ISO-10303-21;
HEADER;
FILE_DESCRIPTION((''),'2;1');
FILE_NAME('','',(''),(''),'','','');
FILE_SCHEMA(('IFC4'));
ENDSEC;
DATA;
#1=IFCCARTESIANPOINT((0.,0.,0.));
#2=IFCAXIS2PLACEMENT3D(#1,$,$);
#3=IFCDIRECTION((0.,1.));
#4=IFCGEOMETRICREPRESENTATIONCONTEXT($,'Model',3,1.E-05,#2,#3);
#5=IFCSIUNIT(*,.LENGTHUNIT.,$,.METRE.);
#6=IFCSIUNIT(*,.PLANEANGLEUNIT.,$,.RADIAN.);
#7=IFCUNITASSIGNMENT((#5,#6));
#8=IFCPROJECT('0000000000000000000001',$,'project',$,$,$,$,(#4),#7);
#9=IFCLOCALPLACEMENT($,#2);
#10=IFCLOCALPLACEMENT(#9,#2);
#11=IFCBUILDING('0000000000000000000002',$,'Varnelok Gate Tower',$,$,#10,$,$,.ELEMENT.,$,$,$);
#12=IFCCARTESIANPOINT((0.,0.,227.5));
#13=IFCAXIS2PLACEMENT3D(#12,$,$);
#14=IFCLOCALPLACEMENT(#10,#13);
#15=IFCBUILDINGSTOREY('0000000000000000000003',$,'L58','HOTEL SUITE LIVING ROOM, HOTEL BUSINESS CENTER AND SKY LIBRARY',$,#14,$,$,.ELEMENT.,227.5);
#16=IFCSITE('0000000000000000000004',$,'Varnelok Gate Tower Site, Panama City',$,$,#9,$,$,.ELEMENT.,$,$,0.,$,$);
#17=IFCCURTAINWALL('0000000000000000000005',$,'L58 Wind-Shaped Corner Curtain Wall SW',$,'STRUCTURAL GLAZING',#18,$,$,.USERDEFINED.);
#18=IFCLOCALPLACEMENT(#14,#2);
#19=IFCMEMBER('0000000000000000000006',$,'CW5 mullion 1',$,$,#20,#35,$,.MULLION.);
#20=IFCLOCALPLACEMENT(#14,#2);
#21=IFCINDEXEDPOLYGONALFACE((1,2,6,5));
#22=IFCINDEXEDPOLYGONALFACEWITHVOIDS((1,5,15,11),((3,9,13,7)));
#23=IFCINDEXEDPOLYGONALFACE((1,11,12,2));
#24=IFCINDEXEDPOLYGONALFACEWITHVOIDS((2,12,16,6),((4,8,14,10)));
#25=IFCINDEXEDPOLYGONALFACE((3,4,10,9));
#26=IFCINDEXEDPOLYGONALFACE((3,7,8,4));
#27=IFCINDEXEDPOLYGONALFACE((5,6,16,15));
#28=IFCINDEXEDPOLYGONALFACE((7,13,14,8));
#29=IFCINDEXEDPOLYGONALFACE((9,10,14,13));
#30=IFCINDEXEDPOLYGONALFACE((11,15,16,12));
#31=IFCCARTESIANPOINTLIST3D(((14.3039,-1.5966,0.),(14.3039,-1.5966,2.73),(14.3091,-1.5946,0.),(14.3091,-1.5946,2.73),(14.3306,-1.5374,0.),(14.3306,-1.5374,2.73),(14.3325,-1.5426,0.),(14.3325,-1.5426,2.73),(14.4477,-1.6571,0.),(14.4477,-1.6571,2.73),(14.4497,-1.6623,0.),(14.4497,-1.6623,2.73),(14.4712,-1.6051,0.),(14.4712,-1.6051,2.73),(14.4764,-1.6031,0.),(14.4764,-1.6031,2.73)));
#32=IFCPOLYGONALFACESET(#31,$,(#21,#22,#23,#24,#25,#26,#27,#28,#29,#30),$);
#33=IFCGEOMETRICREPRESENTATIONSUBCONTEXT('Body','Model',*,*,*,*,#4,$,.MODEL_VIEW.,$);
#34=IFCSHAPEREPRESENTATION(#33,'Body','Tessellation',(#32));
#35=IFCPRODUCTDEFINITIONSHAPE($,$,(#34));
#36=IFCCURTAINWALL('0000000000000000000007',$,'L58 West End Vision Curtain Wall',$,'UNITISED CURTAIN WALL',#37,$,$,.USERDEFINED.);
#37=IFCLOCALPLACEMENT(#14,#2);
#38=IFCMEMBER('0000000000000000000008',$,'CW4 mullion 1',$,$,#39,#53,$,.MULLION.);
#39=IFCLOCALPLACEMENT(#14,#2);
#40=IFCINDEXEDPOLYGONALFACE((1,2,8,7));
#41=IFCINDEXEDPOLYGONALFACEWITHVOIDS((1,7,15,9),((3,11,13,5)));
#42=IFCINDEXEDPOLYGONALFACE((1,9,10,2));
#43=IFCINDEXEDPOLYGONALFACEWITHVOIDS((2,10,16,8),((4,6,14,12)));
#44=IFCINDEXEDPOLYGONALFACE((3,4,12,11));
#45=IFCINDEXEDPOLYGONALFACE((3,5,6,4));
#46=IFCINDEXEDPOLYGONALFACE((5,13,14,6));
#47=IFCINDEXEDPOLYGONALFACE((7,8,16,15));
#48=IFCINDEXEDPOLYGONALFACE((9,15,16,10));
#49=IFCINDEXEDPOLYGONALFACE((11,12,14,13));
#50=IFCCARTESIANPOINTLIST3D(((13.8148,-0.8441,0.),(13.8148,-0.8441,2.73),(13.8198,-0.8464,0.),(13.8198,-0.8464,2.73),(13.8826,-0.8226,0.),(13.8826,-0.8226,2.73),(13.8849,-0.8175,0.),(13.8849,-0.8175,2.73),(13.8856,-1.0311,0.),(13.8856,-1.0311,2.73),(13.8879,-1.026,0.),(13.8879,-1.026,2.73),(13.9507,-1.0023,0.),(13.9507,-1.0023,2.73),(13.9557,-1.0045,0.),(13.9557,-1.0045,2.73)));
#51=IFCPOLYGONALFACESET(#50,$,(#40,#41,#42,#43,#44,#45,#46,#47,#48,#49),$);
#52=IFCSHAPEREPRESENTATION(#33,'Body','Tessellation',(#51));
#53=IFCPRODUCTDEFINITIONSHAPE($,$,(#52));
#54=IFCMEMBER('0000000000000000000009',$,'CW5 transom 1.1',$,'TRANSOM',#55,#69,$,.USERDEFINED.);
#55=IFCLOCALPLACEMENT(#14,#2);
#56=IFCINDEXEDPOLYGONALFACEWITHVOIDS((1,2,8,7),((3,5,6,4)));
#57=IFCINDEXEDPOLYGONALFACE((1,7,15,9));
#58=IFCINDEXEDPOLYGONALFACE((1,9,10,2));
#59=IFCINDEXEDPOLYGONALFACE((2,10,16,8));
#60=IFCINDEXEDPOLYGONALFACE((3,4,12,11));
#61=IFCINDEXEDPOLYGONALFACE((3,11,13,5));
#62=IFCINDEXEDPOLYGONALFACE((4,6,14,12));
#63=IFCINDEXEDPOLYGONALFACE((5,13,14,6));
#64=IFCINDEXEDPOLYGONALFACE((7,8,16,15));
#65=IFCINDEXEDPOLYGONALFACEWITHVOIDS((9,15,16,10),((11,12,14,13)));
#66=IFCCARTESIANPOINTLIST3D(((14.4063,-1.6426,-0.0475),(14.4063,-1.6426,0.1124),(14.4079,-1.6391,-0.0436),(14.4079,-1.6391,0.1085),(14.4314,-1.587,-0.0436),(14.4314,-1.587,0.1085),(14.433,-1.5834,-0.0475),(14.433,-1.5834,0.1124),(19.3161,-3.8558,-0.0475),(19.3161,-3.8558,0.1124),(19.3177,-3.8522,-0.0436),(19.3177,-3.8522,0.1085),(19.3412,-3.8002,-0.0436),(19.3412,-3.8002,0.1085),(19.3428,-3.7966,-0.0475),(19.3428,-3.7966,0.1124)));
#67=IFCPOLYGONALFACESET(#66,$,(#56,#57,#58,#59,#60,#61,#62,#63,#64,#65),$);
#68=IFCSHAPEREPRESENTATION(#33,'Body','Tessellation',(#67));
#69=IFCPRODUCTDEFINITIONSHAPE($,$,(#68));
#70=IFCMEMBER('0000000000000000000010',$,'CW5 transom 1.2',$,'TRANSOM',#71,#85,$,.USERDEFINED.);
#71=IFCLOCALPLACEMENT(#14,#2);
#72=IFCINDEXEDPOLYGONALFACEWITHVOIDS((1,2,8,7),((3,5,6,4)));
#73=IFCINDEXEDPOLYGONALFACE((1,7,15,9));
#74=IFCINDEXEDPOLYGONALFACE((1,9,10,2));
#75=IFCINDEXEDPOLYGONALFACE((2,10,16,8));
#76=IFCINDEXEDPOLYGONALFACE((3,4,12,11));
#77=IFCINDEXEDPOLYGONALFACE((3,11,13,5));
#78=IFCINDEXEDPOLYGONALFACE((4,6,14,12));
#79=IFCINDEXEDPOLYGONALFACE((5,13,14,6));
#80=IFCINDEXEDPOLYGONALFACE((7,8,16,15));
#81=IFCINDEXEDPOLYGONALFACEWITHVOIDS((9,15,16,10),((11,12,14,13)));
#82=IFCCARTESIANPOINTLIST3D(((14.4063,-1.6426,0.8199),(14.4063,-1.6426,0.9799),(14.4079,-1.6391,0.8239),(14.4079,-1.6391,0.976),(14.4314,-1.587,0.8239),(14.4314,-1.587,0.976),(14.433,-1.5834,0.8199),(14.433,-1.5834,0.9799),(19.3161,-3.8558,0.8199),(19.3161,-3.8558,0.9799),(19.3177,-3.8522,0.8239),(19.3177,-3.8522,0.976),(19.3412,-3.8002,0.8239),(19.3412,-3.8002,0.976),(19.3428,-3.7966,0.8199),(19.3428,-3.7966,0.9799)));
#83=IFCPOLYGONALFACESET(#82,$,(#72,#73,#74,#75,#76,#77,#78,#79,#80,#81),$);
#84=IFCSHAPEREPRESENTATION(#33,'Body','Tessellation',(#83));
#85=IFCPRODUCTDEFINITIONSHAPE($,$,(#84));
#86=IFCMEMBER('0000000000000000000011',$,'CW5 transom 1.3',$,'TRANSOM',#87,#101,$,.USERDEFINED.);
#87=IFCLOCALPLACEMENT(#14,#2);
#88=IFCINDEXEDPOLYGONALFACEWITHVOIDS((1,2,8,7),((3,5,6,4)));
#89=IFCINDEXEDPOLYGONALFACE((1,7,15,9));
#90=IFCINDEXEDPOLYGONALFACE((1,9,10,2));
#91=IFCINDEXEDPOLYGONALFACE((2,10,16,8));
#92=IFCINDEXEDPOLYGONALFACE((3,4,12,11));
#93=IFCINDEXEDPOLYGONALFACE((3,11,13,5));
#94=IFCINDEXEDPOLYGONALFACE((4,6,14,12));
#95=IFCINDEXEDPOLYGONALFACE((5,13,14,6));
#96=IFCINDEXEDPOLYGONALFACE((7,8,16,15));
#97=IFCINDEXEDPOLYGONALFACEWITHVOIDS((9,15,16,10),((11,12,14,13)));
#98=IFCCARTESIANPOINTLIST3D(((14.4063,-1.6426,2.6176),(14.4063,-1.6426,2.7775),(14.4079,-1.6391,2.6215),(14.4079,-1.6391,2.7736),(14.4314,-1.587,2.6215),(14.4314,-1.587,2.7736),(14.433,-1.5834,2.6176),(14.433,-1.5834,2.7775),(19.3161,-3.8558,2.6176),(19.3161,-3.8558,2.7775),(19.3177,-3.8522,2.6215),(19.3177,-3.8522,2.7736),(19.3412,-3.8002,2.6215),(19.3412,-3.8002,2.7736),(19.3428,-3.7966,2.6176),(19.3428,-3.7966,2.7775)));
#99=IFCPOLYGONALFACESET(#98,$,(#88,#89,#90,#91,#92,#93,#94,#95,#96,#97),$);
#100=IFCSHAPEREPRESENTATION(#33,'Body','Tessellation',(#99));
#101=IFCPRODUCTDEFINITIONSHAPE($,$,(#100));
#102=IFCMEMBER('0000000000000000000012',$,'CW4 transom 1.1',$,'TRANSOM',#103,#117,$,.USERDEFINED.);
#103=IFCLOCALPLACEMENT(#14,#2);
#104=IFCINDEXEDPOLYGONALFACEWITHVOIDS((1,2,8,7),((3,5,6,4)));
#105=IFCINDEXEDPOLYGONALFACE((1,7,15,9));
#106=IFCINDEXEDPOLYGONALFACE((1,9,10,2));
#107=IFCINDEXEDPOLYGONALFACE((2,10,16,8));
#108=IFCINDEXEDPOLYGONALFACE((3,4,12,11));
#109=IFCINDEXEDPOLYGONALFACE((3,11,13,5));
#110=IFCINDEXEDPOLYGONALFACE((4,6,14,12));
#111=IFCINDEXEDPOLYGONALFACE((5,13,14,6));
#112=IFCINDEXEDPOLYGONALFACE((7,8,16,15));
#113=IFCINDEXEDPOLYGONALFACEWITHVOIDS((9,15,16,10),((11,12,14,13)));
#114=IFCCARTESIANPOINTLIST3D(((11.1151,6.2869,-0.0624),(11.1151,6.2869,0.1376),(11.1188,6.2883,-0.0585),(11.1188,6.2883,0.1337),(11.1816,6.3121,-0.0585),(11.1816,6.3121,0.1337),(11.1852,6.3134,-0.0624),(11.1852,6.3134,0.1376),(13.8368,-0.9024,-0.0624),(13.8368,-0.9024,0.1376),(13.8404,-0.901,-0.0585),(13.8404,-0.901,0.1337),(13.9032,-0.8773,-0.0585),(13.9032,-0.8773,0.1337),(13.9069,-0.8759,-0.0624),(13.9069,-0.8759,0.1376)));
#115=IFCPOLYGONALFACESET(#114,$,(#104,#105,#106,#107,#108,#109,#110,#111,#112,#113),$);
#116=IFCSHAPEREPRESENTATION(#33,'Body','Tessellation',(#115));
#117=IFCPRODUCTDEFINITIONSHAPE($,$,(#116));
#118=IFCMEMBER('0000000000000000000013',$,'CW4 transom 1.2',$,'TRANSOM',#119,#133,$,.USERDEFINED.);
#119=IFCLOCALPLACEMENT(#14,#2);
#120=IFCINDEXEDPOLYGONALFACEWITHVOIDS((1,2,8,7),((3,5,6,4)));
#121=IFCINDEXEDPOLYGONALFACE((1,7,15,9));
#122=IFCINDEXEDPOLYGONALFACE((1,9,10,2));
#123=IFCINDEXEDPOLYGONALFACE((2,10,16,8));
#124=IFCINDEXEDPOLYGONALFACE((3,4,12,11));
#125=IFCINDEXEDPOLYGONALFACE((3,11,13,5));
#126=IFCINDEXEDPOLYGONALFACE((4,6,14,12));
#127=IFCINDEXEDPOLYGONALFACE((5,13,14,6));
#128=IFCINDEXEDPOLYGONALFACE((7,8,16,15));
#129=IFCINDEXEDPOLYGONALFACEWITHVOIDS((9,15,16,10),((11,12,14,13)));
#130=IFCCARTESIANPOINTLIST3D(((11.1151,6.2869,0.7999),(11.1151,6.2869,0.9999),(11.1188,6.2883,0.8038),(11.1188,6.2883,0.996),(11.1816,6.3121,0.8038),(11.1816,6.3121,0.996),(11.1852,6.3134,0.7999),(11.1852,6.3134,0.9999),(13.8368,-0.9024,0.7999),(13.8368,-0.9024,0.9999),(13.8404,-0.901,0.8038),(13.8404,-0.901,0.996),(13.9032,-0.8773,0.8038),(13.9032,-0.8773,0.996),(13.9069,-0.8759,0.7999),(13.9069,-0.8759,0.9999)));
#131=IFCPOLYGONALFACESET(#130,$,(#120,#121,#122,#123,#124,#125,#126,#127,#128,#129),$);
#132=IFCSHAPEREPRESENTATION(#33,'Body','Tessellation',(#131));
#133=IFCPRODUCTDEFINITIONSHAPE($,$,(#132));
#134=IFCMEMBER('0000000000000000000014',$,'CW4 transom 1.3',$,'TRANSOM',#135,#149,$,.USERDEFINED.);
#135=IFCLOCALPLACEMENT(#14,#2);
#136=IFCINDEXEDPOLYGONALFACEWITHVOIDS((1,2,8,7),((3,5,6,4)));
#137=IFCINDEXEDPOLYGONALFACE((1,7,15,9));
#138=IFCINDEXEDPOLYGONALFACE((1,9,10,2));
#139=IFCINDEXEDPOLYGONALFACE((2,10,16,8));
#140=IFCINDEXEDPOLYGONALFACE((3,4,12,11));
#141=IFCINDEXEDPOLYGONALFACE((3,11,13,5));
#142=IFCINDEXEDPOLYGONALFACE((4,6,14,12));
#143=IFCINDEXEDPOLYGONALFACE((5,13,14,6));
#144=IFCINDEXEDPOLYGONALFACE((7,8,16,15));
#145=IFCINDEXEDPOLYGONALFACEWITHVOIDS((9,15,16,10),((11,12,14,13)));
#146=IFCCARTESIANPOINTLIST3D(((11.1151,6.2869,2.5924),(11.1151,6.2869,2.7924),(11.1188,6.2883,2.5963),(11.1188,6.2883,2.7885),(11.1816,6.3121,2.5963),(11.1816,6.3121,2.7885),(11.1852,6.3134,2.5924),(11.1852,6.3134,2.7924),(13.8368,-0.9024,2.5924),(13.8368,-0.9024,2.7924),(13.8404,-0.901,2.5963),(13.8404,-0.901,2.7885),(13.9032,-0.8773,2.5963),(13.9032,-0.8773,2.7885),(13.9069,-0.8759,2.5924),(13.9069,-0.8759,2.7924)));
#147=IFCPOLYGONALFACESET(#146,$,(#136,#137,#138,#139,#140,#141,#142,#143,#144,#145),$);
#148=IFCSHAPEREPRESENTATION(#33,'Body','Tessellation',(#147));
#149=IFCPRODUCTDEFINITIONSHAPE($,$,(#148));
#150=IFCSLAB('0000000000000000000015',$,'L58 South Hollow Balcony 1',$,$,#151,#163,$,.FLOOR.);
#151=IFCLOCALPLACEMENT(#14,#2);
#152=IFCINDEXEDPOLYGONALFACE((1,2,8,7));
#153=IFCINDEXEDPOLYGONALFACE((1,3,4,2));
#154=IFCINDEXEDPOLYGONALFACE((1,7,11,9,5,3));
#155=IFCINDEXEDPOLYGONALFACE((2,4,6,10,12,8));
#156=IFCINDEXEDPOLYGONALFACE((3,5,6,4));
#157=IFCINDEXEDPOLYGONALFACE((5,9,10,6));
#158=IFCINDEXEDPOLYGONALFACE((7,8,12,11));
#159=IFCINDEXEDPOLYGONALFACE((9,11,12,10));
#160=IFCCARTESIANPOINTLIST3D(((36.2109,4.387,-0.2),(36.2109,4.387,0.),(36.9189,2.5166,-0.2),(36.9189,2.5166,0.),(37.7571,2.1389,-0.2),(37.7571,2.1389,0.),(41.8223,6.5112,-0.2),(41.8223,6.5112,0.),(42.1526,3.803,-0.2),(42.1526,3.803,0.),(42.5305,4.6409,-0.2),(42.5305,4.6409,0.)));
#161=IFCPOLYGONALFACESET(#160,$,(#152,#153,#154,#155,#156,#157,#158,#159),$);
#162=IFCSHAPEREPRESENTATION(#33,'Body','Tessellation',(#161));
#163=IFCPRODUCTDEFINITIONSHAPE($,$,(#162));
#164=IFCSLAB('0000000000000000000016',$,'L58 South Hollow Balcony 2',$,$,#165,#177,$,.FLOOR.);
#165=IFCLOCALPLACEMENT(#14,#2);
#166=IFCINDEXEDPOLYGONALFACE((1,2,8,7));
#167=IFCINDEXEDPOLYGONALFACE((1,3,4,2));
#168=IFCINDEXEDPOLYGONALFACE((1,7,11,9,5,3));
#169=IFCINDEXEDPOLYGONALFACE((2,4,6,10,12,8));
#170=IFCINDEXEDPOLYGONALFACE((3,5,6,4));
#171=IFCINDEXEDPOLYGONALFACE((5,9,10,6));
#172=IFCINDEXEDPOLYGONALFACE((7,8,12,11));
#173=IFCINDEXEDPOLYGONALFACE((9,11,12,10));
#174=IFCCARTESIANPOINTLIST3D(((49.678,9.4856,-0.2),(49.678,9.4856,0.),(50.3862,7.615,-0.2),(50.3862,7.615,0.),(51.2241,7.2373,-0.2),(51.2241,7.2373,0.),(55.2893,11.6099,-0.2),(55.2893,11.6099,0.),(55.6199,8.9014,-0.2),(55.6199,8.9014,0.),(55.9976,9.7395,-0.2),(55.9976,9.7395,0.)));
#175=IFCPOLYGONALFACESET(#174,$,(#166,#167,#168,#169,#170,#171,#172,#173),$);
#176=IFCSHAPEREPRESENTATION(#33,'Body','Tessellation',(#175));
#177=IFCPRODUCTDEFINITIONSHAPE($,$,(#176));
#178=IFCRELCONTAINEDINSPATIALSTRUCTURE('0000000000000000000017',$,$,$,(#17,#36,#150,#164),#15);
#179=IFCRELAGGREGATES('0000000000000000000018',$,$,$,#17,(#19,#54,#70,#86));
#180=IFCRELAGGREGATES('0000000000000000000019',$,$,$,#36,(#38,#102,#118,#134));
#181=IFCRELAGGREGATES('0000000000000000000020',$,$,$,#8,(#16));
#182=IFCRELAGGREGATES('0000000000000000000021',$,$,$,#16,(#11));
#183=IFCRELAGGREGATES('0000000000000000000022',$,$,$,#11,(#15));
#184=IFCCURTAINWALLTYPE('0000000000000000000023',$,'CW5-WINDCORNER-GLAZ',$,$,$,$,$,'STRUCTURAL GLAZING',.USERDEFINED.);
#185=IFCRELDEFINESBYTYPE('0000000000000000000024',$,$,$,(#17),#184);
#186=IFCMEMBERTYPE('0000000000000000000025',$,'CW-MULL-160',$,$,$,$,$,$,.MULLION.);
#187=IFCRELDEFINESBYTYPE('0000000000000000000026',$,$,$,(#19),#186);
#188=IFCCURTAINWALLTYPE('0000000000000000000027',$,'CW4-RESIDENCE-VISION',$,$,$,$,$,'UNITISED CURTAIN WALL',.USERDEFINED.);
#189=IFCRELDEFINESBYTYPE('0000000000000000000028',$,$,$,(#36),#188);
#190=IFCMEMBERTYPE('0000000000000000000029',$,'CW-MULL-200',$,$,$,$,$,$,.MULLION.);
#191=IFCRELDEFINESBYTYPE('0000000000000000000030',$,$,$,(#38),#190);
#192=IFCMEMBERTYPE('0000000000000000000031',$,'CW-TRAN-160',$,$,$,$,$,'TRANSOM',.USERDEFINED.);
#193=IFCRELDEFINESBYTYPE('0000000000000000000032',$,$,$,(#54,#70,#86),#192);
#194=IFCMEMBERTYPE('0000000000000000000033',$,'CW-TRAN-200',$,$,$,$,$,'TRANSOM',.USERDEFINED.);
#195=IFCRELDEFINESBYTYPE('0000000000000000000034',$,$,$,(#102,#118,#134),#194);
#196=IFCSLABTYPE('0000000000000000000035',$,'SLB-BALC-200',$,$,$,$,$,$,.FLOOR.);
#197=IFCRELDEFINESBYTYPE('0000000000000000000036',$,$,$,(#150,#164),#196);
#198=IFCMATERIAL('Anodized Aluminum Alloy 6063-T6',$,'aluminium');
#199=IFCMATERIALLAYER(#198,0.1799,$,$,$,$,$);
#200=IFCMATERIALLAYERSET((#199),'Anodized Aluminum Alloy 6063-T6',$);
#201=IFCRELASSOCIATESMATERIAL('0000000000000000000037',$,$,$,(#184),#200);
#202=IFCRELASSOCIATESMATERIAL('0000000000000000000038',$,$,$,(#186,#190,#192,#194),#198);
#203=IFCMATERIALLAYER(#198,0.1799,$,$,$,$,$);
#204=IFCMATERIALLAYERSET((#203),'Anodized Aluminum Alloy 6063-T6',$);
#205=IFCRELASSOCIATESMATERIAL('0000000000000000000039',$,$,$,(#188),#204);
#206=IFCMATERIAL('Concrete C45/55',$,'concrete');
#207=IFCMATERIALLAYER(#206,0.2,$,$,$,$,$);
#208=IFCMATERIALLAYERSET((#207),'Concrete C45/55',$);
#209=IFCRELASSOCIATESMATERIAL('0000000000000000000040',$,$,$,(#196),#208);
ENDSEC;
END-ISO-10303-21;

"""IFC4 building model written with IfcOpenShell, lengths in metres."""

from ifc_helpers import new_model, si_unit, direction, frame, origin, origin_2d, place, context, subcontext, project, spatial, polyline, hollow_rectangle, outline, extrude, material, layer, layer_set, material_profile, profile_set, type_object, element, aggregate, save


model = new_model("IFC4")

# Units and contexts
model_context = context("Model", 3, precision=1e-05, world=origin(), true_north=direction((0.0, 1.0)))
body_context = subcontext(model_context, "Body", "Model", "MODEL_VIEW")
ifc_project = project(units=[si_unit("LENGTHUNIT", "METRE"), si_unit("PLANEANGLEUNIT", "RADIAN")], contexts=[model_context])

# Site, building, storey
site_placement = place(None, origin())
site = spatial("IfcSite", under=ifc_project, at=site_placement, Name="Varnelok Gate Tower Site, Panama City", CompositionType="ELEMENT", RefElevation=0.0)
building_placement = place(site_placement, origin())
building = spatial("IfcBuilding", under=site, at=building_placement, Name="Varnelok Gate Tower", CompositionType="ELEMENT")
storey_placement = place(building_placement, frame((0.0, 0.0, 227.5)))
storey = spatial("IfcBuildingStorey", under=building, at=storey_placement, Name="L58", Description="HOTEL SUITE LIVING ROOM, HOTEL BUSINESS CENTER AND SKY LIBRARY", CompositionType="ELEMENT", Elevation=227.5)

# Curtain walls, members
ifc_material_1 = material(Name="Anodized Aluminum Alloy 6063-T6", Category="aluminium")
ifc_layer_1 = layer(ifc_material_1, 0.1799)
ifc_layer_set_1 = layer_set([ifc_layer_1], Name="Anodized Aluminum Alloy 6063-T6")
curtain_wall_type_1 = type_object("IfcCurtainWallType", Name="CW5-WINDCORNER-GLAZ", ElementType="STRUCTURAL GLAZING", PredefinedType="USERDEFINED", material=ifc_layer_set_1)
curtain_wall_1_placement = place(storey_placement, origin())
curtain_wall_1 = element("IfcCurtainWall", 1, at=curtain_wall_1_placement, inside=storey, type_object=curtain_wall_type_1, Name="L58 Wind-Shaped Corner Curtain Wall SW", ObjectType="STRUCTURAL GLAZING", PredefinedType="USERDEFINED")
ifc_material_profile_1 = material_profile(ifc_material_1, hollow_rectangle(XDim=0.0649, YDim=0.1599, WallThickness=0.0039, at=origin_2d()), Name="ALU160X65X4")
ifc_profile_set_1 = profile_set([ifc_material_profile_1], Name="Anodized Aluminum Alloy 6063-T6")
member_type_1 = type_object("IfcMemberType", Name="CW-MULL-160", PredefinedType="MULLION", material=ifc_profile_set_1)
member_1_placement = place(storey_placement, frame((14.3901, -1.5999, 0.0), z_axis=(0.0, 0.0, 1.0), x_axis=(0.410939, 0.911663, 0.0)))
member_1 = element("IfcMember", 2, at=member_1_placement, type_object=member_type_1, Name="CW5 mullion 1", PredefinedType="MULLION", context=body_context, shape_type="SweptSolid", body=[
    extrude(hollow_rectangle(XDim=0.0649, YDim=0.1599, WallThickness=0.0039, at=origin_2d()), origin(), (0.0, 0.0, 1.0), 2.73),
])
ifc_layer_2 = layer(ifc_material_1, 0.1799)
ifc_layer_set_2 = layer_set([ifc_layer_2], Name="Anodized Aluminum Alloy 6063-T6")
curtain_wall_type_2 = type_object("IfcCurtainWallType", Name="CW4-RESIDENCE-VISION", ElementType="UNITISED CURTAIN WALL", PredefinedType="USERDEFINED", material=ifc_layer_set_2)
curtain_wall_2_placement = place(storey_placement, origin())
curtain_wall_2 = element("IfcCurtainWall", 3, at=curtain_wall_2_placement, inside=storey, type_object=curtain_wall_type_2, Name="L58 West End Vision Curtain Wall", ObjectType="UNITISED CURTAIN WALL", PredefinedType="USERDEFINED")
ifc_material_profile_2 = material_profile(ifc_material_1, hollow_rectangle(XDim=0.075, YDim=0.2, WallThickness=0.0039, at=origin_2d()), Name="ALU200X75X4")
ifc_profile_set_2 = profile_set([ifc_material_profile_2], Name="Anodized Aluminum Alloy 6063-T6")
member_type_2 = type_object("IfcMemberType", Name="CW-MULL-200", PredefinedType="MULLION", material=ifc_profile_set_2)
member_2_placement = place(storey_placement, frame((13.8853, -0.9243, 0.0), z_axis=(0.0, 0.0, 1.0), x_axis=(-0.935222, -0.354063, 0.0)))
member_2 = element("IfcMember", 4, at=member_2_placement, type_object=member_type_2, Name="CW4 mullion 1", PredefinedType="MULLION", context=body_context, shape_type="SweptSolid", body=[
    extrude(hollow_rectangle(XDim=0.075, YDim=0.2, WallThickness=0.0039, at=origin_2d()), origin(), (0.0, 0.0, 1.0), 2.73),
])

# Members
ifc_material_profile_3 = material_profile(ifc_material_1, hollow_rectangle(XDim=0.0649, YDim=0.1599, WallThickness=0.0039, at=origin_2d()), Name="ALU160X65X4")
ifc_profile_set_3 = profile_set([ifc_material_profile_3], Name="Anodized Aluminum Alloy 6063-T6")
member_type_3 = type_object("IfcMemberType", Name="CW-TRAN-160", ElementType="TRANSOM", PredefinedType="USERDEFINED", material=ifc_profile_set_3)
member_3_placement = place(storey_placement, frame((14.4197, -1.613, 0.0325), z_axis=(0.911658, -0.410949, 0.0), x_axis=(0.410949, 0.911658, 0.0)))
member_3 = element("IfcMember", 5, at=member_3_placement, type_object=member_type_3, Name="CW5 transom 1.1", ObjectType="TRANSOM", PredefinedType="USERDEFINED", context=body_context, shape_type="SweptSolid", body=[
    extrude(hollow_rectangle(XDim=0.0649, YDim=0.1599, WallThickness=0.0039, at=origin_2d()), origin(), (0.0, 0.0, 1.0), 5.3855),
])
member_4_placement = place(storey_placement, frame((14.4197, -1.613, 0.8999), z_axis=(0.911658, -0.410949, 0.0), x_axis=(0.410949, 0.911658, 0.0)))
member_4 = element("IfcMember", 6, at=member_4_placement, type_object=member_type_3, Name="CW5 transom 1.2", ObjectType="TRANSOM", PredefinedType="USERDEFINED", context=body_context, shape_type="SweptSolid", body=[
    extrude(hollow_rectangle(XDim=0.0649, YDim=0.1599, WallThickness=0.0039, at=origin_2d()), origin(), (0.0, 0.0, 1.0), 5.3855),
])
member_5_placement = place(storey_placement, frame((14.4197, -1.613, 2.6975), z_axis=(0.911658, -0.410949, 0.0), x_axis=(0.410949, 0.911658, 0.0)))
member_5 = element("IfcMember", 7, at=member_5_placement, type_object=member_type_3, Name="CW5 transom 1.3", ObjectType="TRANSOM", PredefinedType="USERDEFINED", context=body_context, shape_type="SweptSolid", body=[
    extrude(hollow_rectangle(XDim=0.0649, YDim=0.1599, WallThickness=0.0039, at=origin_2d()), origin(), (0.0, 0.0, 1.0), 5.3855),
])
aggregate(curtain_wall_1, [member_1, member_3, member_4, member_5])
ifc_material_profile_4 = material_profile(ifc_material_1, hollow_rectangle(XDim=0.075, YDim=0.2, WallThickness=0.0039, at=origin_2d()), Name="ALU200X75X4")
ifc_profile_set_4 = profile_set([ifc_material_profile_4], Name="Anodized Aluminum Alloy 6063-T6")
member_type_4 = type_object("IfcMemberType", Name="CW-TRAN-200", ElementType="TRANSOM", PredefinedType="USERDEFINED", material=ifc_profile_set_4)
member_6_placement = place(storey_placement, frame((13.8718, -0.8892, 0.0376), z_axis=(-0.354045, 0.935228, 0.0), x_axis=(-0.935228, -0.354045, 0.0)))
member_6 = element("IfcMember", 8, at=member_6_placement, type_object=member_type_4, Name="CW4 transom 1.1", ObjectType="TRANSOM", PredefinedType="USERDEFINED", context=body_context, shape_type="SweptSolid", body=[
    extrude(hollow_rectangle(XDim=0.075, YDim=0.2, WallThickness=0.0039, at=origin_2d()), origin(), (0.0, 0.0, 1.0), 7.6873),
])
member_7_placement = place(storey_placement, frame((13.8718, -0.8892, 0.8999), z_axis=(-0.354045, 0.935228, 0.0), x_axis=(-0.935228, -0.354045, 0.0)))
member_7 = element("IfcMember", 9, at=member_7_placement, type_object=member_type_4, Name="CW4 transom 1.2", ObjectType="TRANSOM", PredefinedType="USERDEFINED", context=body_context, shape_type="SweptSolid", body=[
    extrude(hollow_rectangle(XDim=0.075, YDim=0.2, WallThickness=0.0039, at=origin_2d()), origin(), (0.0, 0.0, 1.0), 7.6873),
])
member_8_placement = place(storey_placement, frame((13.8718, -0.8892, 2.6924), z_axis=(-0.354045, 0.935228, 0.0), x_axis=(-0.935228, -0.354045, 0.0)))
member_8 = element("IfcMember", 10, at=member_8_placement, type_object=member_type_4, Name="CW4 transom 1.3", ObjectType="TRANSOM", PredefinedType="USERDEFINED", context=body_context, shape_type="SweptSolid", body=[
    extrude(hollow_rectangle(XDim=0.075, YDim=0.2, WallThickness=0.0039, at=origin_2d()), origin(), (0.0, 0.0, 1.0), 7.6873),
])

# Slabs
ifc_material_2 = material(Name="Concrete C45/55", Category="concrete")
ifc_layer_3 = layer(ifc_material_2, 0.2)
ifc_layer_set_3 = layer_set([ifc_layer_3], Name="Concrete C45/55")
slab_type_1 = type_object("IfcSlabType", Name="SLB-BALC-200", PredefinedType="FLOOR", material=ifc_layer_set_3)
slab_1_placement = place(storey_placement, frame((0.0, 0.0, -0.2)))
element("IfcSlab", 11, at=slab_1_placement, inside=storey, type_object=slab_type_1, Name="L58 South Hollow Balcony 1", PredefinedType="FLOOR", context=body_context, shape_type="SweptSolid", body=[
    extrude(outline(polyline([(36.9189, 2.5166), (37.7571, 2.1389), (42.1526, 3.803), (42.5305, 4.6409), (41.8223, 6.5112), (36.2109, 4.387), (36.9189, 2.5166)])), origin(), (0.0, 0.0, 1.0), 0.2),
])
slab_2_placement = place(storey_placement, frame((0.0, 0.0, -0.2)))
element("IfcSlab", 12, at=slab_2_placement, inside=storey, type_object=slab_type_1, Name="L58 South Hollow Balcony 2", PredefinedType="FLOOR", context=body_context, shape_type="SweptSolid", body=[
    extrude(outline(polyline([(50.3862, 7.615), (51.2241, 7.2373), (55.6199, 8.9014), (55.9976, 9.7395), (55.2893, 11.6099), (49.678, 9.4856), (50.3862, 7.615)])), origin(), (0.0, 0.0, 1.0), 0.2),
])

aggregate(curtain_wall_2, [member_2, member_6, member_7, member_8])

save(model, "model.ifc")
